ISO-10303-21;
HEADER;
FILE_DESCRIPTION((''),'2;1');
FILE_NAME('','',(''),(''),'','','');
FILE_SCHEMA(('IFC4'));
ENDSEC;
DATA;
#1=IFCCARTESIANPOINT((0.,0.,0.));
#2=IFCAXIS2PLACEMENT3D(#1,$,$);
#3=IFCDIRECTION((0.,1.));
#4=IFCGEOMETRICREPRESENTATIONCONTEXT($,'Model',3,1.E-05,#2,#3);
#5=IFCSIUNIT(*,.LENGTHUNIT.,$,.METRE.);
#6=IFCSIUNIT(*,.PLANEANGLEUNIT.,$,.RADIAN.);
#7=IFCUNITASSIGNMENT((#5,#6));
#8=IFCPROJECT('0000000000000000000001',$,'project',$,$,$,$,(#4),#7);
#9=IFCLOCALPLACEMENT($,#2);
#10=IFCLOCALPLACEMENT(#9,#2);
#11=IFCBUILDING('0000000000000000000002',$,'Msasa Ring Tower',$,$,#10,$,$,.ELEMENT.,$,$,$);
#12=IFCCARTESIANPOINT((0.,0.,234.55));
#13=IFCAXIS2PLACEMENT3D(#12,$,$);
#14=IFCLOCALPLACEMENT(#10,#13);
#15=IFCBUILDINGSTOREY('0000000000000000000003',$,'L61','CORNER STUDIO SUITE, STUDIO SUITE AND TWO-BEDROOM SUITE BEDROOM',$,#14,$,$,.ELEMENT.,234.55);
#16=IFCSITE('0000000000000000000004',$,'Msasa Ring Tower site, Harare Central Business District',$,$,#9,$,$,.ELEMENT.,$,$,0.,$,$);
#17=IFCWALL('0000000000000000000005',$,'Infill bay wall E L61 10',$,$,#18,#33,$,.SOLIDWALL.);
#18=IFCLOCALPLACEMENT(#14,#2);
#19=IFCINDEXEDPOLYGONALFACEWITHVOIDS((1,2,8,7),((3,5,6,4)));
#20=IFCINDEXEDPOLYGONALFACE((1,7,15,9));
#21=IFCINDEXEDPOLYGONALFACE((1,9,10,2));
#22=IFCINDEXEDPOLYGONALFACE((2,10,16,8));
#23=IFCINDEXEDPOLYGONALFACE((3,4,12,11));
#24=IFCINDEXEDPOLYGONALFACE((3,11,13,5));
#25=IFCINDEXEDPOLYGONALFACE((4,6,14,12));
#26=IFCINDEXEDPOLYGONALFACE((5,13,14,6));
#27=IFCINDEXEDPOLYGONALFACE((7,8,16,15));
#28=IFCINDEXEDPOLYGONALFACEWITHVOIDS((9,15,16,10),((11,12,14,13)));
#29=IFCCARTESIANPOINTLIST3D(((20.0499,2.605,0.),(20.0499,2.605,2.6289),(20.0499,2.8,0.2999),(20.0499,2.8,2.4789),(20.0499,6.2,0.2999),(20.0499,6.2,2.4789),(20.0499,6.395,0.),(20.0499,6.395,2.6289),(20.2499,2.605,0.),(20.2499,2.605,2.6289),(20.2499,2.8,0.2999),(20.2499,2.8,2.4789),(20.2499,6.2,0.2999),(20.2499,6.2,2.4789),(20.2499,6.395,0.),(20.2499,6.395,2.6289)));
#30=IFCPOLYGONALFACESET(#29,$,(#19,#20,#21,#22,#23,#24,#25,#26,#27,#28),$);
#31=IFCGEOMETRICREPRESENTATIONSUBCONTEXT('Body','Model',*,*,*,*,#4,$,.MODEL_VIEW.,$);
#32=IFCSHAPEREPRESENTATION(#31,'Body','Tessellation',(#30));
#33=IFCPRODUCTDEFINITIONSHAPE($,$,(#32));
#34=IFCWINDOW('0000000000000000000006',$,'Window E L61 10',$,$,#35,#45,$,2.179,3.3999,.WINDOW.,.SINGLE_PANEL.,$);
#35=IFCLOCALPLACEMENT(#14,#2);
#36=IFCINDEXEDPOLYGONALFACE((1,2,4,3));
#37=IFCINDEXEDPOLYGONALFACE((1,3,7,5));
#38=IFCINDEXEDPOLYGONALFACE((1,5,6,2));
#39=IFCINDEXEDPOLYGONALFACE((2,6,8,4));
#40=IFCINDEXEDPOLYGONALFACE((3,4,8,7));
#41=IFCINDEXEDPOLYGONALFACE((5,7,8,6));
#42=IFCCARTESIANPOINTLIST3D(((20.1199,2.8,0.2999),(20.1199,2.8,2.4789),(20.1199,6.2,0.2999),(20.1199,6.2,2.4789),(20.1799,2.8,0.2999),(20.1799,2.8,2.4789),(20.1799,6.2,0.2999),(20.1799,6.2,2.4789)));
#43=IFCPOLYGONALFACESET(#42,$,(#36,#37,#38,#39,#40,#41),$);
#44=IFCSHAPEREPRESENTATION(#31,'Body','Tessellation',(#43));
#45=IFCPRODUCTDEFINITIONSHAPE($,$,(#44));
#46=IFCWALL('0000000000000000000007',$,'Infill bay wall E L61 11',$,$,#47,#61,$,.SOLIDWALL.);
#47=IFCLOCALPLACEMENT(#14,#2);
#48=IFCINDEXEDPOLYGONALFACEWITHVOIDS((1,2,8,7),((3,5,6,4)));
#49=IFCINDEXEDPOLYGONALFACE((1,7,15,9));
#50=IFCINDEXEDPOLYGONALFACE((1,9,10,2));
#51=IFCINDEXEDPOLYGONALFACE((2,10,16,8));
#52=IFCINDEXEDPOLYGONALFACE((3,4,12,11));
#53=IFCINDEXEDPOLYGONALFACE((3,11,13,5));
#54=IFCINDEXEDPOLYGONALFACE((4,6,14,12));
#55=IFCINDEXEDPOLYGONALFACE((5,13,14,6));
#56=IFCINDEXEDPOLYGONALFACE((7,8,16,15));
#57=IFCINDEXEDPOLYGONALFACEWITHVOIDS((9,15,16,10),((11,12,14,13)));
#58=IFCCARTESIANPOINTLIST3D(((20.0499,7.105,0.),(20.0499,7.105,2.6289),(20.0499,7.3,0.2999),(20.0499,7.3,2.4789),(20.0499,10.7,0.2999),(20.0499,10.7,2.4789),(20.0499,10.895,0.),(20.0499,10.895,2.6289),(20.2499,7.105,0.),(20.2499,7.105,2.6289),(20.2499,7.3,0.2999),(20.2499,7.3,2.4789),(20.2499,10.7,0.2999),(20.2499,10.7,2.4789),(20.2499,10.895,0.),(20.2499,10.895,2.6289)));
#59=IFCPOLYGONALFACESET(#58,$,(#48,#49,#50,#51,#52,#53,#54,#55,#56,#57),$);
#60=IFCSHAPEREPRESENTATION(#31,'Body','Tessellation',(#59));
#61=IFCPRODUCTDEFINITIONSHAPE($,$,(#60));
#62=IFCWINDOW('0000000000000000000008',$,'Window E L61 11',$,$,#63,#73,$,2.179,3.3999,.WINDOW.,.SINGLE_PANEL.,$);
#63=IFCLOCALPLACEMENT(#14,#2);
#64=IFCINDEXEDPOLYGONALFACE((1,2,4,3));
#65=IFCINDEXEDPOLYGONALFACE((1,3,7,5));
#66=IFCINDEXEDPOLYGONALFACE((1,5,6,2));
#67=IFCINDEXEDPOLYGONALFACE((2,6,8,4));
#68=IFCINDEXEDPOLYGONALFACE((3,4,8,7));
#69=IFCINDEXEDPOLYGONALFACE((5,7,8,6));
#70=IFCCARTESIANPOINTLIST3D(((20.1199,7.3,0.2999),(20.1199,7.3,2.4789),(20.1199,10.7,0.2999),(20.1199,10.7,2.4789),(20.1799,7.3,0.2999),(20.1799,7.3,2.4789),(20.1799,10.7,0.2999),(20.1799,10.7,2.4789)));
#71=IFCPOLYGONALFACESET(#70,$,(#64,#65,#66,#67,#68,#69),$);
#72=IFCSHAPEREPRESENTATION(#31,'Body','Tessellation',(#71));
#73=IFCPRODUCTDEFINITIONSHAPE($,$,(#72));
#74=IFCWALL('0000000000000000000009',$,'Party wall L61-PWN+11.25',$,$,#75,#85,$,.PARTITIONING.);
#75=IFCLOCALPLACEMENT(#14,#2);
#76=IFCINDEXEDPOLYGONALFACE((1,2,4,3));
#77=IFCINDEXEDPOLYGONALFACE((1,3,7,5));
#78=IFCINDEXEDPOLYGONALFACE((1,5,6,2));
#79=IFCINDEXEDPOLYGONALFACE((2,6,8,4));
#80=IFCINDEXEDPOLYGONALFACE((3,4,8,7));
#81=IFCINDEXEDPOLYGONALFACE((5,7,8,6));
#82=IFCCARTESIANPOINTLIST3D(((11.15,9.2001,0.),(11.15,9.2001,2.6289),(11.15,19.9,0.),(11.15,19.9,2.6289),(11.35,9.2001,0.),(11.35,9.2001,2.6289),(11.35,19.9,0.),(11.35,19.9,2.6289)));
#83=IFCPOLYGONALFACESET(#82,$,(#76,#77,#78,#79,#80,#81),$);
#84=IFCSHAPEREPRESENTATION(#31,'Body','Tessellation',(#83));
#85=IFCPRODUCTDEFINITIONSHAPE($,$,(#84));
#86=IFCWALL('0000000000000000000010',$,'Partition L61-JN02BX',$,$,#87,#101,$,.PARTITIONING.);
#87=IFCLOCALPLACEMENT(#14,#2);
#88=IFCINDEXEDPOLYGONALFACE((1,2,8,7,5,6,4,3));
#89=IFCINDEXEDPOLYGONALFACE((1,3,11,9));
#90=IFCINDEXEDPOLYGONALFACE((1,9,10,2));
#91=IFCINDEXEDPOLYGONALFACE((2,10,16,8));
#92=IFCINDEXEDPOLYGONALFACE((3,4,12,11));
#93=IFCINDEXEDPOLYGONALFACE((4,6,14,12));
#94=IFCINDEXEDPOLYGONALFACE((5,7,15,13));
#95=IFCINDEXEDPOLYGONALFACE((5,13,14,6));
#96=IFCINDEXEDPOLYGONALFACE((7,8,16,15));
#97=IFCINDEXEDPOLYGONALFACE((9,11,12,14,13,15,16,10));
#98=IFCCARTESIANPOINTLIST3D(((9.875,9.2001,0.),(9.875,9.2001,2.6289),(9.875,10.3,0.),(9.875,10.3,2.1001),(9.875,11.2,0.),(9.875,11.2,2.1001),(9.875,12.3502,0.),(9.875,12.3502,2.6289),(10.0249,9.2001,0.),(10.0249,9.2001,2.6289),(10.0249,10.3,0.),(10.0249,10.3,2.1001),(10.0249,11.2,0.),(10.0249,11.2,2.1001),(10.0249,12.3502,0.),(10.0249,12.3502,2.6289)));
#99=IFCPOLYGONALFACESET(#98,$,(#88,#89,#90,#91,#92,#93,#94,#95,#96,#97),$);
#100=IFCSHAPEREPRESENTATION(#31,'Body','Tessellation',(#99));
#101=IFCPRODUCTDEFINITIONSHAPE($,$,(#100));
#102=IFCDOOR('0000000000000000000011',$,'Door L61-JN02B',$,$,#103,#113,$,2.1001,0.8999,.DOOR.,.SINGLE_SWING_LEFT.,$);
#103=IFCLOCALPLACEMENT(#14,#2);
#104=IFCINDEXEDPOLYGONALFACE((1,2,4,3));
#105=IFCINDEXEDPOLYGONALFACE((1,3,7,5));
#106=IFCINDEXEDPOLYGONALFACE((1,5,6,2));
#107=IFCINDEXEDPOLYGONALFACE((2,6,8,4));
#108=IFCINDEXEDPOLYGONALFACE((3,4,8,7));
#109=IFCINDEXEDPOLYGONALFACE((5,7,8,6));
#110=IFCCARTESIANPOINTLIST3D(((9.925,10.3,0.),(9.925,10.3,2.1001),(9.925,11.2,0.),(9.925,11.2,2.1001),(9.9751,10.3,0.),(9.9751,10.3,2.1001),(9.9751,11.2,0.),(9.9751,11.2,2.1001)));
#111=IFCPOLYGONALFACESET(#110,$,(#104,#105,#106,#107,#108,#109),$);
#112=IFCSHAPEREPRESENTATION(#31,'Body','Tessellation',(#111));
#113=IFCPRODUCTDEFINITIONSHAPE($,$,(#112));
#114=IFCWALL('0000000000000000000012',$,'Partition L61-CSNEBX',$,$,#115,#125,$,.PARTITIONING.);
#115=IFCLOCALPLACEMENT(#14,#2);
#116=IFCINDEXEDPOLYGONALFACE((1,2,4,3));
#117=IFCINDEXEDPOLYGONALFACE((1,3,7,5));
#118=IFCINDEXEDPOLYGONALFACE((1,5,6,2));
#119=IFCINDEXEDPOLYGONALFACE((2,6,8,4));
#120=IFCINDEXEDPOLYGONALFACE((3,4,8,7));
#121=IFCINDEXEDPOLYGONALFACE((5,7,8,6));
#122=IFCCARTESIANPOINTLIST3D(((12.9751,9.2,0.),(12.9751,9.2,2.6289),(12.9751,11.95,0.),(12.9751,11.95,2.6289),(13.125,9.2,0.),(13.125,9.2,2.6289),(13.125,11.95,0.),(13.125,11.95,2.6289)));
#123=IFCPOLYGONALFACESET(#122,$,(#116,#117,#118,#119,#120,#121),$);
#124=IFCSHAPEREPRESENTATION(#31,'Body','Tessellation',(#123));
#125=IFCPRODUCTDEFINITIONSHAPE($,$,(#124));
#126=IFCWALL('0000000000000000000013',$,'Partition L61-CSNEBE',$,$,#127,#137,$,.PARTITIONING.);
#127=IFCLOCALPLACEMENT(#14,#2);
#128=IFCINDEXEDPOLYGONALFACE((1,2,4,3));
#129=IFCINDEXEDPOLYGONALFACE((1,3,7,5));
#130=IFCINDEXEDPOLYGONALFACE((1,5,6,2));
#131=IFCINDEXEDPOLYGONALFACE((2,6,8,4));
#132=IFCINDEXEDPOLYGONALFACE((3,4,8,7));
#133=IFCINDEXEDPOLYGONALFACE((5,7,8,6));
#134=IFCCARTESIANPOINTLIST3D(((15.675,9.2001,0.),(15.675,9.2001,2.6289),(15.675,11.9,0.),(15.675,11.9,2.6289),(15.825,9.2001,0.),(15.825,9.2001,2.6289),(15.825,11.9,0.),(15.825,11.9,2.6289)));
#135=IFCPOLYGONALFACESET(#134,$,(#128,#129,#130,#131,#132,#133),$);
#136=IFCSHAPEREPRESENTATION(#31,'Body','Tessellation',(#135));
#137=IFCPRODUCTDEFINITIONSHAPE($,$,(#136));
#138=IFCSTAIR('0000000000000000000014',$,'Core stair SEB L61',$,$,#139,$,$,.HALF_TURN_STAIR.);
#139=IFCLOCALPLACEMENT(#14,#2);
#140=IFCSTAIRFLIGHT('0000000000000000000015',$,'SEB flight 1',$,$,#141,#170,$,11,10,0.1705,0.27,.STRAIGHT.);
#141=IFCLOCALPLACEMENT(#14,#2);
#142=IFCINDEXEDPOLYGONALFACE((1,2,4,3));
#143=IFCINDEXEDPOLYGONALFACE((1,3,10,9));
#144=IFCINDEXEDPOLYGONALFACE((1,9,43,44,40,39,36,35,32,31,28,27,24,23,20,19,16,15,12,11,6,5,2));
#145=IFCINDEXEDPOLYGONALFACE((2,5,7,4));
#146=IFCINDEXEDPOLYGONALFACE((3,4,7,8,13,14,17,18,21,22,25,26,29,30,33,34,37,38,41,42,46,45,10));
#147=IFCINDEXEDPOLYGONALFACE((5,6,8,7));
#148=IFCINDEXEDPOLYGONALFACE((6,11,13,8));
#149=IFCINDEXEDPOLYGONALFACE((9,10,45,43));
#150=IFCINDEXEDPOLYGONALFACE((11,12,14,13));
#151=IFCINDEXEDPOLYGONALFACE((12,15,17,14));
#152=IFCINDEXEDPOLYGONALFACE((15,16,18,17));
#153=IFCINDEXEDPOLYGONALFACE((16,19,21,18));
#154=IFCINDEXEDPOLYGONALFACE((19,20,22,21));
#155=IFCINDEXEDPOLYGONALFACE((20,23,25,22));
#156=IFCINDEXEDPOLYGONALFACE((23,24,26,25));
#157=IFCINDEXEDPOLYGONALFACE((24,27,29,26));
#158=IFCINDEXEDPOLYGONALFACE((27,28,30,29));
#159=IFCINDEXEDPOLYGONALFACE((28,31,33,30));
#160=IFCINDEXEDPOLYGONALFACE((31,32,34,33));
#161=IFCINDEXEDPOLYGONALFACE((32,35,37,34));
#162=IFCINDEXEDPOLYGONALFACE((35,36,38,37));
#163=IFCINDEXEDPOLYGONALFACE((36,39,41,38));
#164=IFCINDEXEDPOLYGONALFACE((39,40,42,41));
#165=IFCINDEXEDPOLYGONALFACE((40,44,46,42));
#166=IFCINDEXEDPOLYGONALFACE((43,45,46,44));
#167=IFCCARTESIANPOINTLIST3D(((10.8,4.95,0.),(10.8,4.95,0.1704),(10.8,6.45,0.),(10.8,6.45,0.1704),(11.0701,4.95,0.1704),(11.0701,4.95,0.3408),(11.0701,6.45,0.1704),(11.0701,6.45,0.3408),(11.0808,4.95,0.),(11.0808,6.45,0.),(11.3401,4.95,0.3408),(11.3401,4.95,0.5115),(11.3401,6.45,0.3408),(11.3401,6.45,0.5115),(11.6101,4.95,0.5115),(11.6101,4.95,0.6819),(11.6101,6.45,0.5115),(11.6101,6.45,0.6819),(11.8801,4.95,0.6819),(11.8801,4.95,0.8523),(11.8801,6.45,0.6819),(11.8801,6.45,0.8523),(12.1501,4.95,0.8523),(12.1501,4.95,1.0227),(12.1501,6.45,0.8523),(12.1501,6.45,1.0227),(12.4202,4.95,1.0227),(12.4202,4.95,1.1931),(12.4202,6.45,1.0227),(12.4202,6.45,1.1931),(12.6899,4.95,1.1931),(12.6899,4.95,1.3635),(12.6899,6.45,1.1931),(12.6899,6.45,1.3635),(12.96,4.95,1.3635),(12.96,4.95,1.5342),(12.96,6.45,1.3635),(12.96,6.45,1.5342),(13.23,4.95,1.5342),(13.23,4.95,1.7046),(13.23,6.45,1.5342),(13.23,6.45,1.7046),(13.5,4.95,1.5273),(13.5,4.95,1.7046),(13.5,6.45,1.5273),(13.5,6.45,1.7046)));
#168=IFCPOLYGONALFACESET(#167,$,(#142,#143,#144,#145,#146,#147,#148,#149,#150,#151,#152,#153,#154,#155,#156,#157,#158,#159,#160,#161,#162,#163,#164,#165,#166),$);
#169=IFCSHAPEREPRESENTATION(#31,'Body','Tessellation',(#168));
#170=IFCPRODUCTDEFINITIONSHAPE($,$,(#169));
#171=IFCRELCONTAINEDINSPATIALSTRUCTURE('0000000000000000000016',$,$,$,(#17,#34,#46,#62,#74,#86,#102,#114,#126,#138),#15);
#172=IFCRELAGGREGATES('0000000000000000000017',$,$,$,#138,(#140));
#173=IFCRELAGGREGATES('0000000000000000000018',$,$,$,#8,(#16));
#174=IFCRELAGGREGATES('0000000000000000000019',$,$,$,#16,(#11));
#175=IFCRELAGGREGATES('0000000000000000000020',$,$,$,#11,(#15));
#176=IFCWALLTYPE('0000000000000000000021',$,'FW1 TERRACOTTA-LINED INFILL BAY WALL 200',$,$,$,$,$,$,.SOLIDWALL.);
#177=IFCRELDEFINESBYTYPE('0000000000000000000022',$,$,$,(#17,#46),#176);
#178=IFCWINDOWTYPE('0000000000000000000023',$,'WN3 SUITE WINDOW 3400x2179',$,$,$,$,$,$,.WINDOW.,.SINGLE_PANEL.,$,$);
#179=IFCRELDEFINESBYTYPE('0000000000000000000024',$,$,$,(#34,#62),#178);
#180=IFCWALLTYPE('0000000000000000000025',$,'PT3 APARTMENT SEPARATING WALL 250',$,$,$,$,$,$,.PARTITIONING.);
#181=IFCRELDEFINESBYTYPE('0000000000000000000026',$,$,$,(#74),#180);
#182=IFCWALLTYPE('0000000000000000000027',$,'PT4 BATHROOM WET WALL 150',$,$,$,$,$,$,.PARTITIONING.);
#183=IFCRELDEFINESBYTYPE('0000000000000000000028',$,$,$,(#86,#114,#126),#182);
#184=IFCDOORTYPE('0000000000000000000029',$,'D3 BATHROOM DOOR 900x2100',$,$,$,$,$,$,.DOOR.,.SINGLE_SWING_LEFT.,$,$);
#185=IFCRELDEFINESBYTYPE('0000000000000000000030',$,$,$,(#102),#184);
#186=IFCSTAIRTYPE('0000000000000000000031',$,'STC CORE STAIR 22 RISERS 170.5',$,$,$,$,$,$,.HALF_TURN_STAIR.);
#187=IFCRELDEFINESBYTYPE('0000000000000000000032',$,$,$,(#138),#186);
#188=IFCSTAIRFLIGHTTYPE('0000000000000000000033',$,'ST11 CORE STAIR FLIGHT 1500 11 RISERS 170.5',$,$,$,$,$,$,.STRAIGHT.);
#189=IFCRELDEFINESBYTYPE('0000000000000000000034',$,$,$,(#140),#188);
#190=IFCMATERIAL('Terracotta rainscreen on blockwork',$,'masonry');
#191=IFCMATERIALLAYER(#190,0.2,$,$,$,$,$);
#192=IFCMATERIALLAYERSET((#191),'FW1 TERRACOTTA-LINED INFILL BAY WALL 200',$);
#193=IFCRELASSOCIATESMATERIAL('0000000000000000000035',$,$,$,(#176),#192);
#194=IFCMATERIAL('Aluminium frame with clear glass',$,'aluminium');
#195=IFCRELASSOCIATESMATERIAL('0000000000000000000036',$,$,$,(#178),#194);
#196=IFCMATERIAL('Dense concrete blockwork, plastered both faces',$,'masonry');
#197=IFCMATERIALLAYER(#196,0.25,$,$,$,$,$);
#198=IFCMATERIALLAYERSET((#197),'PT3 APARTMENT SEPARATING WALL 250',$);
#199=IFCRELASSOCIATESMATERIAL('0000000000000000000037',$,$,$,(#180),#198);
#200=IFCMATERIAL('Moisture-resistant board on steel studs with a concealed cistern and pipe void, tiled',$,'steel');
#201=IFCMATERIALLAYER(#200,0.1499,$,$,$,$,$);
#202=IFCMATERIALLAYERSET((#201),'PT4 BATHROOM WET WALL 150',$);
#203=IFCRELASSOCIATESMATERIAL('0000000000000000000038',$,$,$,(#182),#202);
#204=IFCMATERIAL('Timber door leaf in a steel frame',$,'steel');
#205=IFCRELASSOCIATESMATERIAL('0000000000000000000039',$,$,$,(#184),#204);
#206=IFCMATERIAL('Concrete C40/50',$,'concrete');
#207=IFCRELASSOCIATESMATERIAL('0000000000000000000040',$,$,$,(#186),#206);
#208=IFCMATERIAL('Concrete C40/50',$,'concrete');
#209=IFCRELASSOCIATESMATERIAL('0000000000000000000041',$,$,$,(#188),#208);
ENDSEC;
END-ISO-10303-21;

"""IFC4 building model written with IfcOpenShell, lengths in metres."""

from ifc_helpers import new_model, si_unit, direction, frame, frame_2d, origin, place, context, subcontext, project, spatial, polyline, rectangle, outline, extrude, material, layer, layer_set, type_object, element, fill, aggregate, save


model = new_model("IFC4")

# Units and contexts
model_context = context("Model", 3, precision=1e-05, world=origin(), true_north=direction((0.0, 1.0)))
body_context = subcontext(model_context, "Body", "Model", "MODEL_VIEW")
ifc_project = project(units=[si_unit("LENGTHUNIT", "METRE"), si_unit("PLANEANGLEUNIT", "RADIAN")], contexts=[model_context])

# Site, building, storey
site_placement = place(None, origin())
site = spatial("IfcSite", under=ifc_project, at=site_placement, Name="Msasa Ring Tower site, Harare Central Business District", CompositionType="ELEMENT", RefElevation=0.0)
building_placement = place(site_placement, origin())
building = spatial("IfcBuilding", under=site, at=building_placement, Name="Msasa Ring Tower", CompositionType="ELEMENT")
storey_placement = place(building_placement, frame((0.0, 0.0, 234.55)))
storey = spatial("IfcBuildingStorey", under=building, at=storey_placement, Name="L61", Description="CORNER STUDIO SUITE, STUDIO SUITE AND TWO-BEDROOM SUITE BEDROOM", CompositionType="ELEMENT", Elevation=234.55)

# Walls, openings, windows
ifc_material_1 = material(Name="Terracotta rainscreen on blockwork", Category="masonry")
ifc_layer_1 = layer(ifc_material_1, 0.2)
ifc_layer_set_1 = layer_set([ifc_layer_1], Name="FW1 TERRACOTTA-LINED INFILL BAY WALL 200")
wall_type_1 = type_object("IfcWallType", Name="FW1 TERRACOTTA-LINED INFILL BAY WALL 200", PredefinedType="SOLIDWALL", material=ifc_layer_set_1)
wall_1_placement = place(storey_placement, frame((20.1499, 2.605, 0.0), z_axis=(0.0, 0.0, 1.0), x_axis=(0.0, 1.0, 0.0)))
wall_1 = element("IfcWall", 1, at=wall_1_placement, inside=storey, type_object=wall_type_1, Name="Infill bay wall E L61 10", PredefinedType="SOLIDWALL", context=body_context, shape_type="SweptSolid", body=[
    extrude(rectangle(XDim=3.79, YDim=0.2, at=frame_2d((1.895, 0.0))), origin(), (0.0, 0.0, 1.0), 2.6289),
])
opening_1_placement = place(wall_1_placement, frame((0.1951, 0.0, 0.3)))
opening_1 = element("IfcOpeningElement", 2, at=opening_1_placement, cuts=wall_1, PredefinedType="OPENING", context=body_context, shape_type="SweptSolid", body=[
    extrude(rectangle(XDim=3.3999, YDim=2.179, at=frame_2d((1.7, 1.0894))), frame((0.0, 0.1099, 0.0), z_axis=(0.0, -1.0, 0.0), x_axis=(1.0, 0.0, 0.0)), (0.0, 0.0, 1.0), 0.22),
])
ifc_material_2 = material(Name="Aluminium frame with clear glass", Category="aluminium")
window_type = type_object("IfcWindowType", Name="WN3 SUITE WINDOW 3400x2179", PartitioningType="SINGLE_PANEL", PredefinedType="WINDOW", material=ifc_material_2)
window_1_placement = place(opening_1_placement, origin())
window_1 = element("IfcWindow", 3, at=window_1_placement, inside=storey, type_object=window_type, Name="Window E L61 10", OverallHeight=2.179, OverallWidth=3.3999, PartitioningType="SINGLE_PANEL", PredefinedType="WINDOW", context=body_context, shape_type="SweptSolid", body=[
    extrude(rectangle(XDim=3.3999, YDim=2.179, at=frame_2d((1.7, 1.0894))), frame((0.0, 0.03, 0.0), z_axis=(0.0, -1.0, 0.0), x_axis=(1.0, 0.0, 0.0)), (0.0, 0.0, 1.0), 0.0601),
])
fill(opening_1, window_1)
wall_2_placement = place(storey_placement, frame((20.1499, 7.105, 0.0), z_axis=(0.0, 0.0, 1.0), x_axis=(0.0, 1.0, 0.0)))
wall_2 = element("IfcWall", 4, at=wall_2_placement, inside=storey, type_object=wall_type_1, Name="Infill bay wall E L61 11", PredefinedType="SOLIDWALL", context=body_context, shape_type="SweptSolid", body=[
    extrude(rectangle(XDim=3.79, YDim=0.2, at=frame_2d((1.895, 0.0))), origin(), (0.0, 0.0, 1.0), 2.6289),
])
opening_2_placement = place(wall_2_placement, frame((0.1951, 0.0, 0.3)))
opening_2 = element("IfcOpeningElement", 5, at=opening_2_placement, cuts=wall_2, PredefinedType="OPENING", context=body_context, shape_type="SweptSolid", body=[
    extrude(rectangle(XDim=3.3999, YDim=2.179, at=frame_2d((1.7, 1.0894))), frame((0.0, 0.1099, 0.0), z_axis=(0.0, -1.0, 0.0), x_axis=(1.0, 0.0, 0.0)), (0.0, 0.0, 1.0), 0.22),
])
window_2_placement = place(opening_2_placement, origin())
window_2 = element("IfcWindow", 6, at=window_2_placement, inside=storey, type_object=window_type, Name="Window E L61 11", OverallHeight=2.179, OverallWidth=3.3999, PartitioningType="SINGLE_PANEL", PredefinedType="WINDOW", context=body_context, shape_type="SweptSolid", body=[
    extrude(rectangle(XDim=3.3999, YDim=2.179, at=frame_2d((1.7, 1.0894))), frame((0.0, 0.03, 0.0), z_axis=(0.0, -1.0, 0.0), x_axis=(1.0, 0.0, 0.0)), (0.0, 0.0, 1.0), 0.0601),
])
fill(opening_2, window_2)

# Wall
ifc_material_3 = material(Name="Dense concrete blockwork, plastered both faces", Category="masonry")
ifc_layer_2 = layer(ifc_material_3, 0.25)
ifc_layer_set_2 = layer_set([ifc_layer_2], Name="PT3 APARTMENT SEPARATING WALL 250")
wall_type_2 = type_object("IfcWallType", Name="PT3 APARTMENT SEPARATING WALL 250", PredefinedType="PARTITIONING", material=ifc_layer_set_2)
wall_3_placement = place(storey_placement, frame((11.25, 9.2, 0.0), z_axis=(0.0, 0.0, 1.0), x_axis=(0.0, 1.0, 0.0)))
element("IfcWall", 7, at=wall_3_placement, inside=storey, type_object=wall_type_2, Name="Party wall L61-PWN+11.25", PredefinedType="PARTITIONING", context=body_context, shape_type="SweptSolid", body=[
    extrude(rectangle(XDim=10.7, YDim=0.2, at=frame_2d((5.3501, 0.0))), origin(), (0.0, 0.0, 1.0), 2.6289),
])

# Wall, opening, door
ifc_material_4 = material(Name="Moisture-resistant board on steel studs with a concealed cistern and pipe void, tiled", Category="steel")
ifc_layer_3 = layer(ifc_material_4, 0.1499)
ifc_layer_set_3 = layer_set([ifc_layer_3], Name="PT4 BATHROOM WET WALL 150")
wall_type_3 = type_object("IfcWallType", Name="PT4 BATHROOM WET WALL 150", PredefinedType="PARTITIONING", material=ifc_layer_set_3)
wall_4_placement = place(storey_placement, frame((9.95, 9.2, 0.0), z_axis=(0.0, 0.0, 1.0), x_axis=(0.0, 1.0, 0.0)))
wall_4 = element("IfcWall", 8, at=wall_4_placement, inside=storey, type_object=wall_type_3, Name="Partition L61-JN02BX", PredefinedType="PARTITIONING", context=body_context, shape_type="SweptSolid", body=[
    extrude(rectangle(XDim=3.1501, YDim=0.1499, at=frame_2d((1.5752, 0.0))), origin(), (0.0, 0.0, 1.0), 2.6289),
])
opening_3_placement = place(wall_4_placement, frame((1.1001, 0.0, 0.0)))
opening_3 = element("IfcOpeningElement", 9, at=opening_3_placement, cuts=wall_4, PredefinedType="OPENING", context=body_context, shape_type="SweptSolid", body=[
    extrude(rectangle(XDim=0.8999, YDim=2.1001, at=frame_2d((0.45, 1.05))), frame((0.0, 0.085, 0.0), z_axis=(0.0, -1.0, 0.0), x_axis=(1.0, 0.0, 0.0)), (0.0, 0.0, 1.0), 0.1699),
])
ifc_material_5 = material(Name="Timber door leaf in a steel frame", Category="steel")
door_type = type_object("IfcDoorType", Name="D3 BATHROOM DOOR 900x2100", OperationType="SINGLE_SWING_LEFT", PredefinedType="DOOR", material=ifc_material_5)
door_placement = place(opening_3_placement, origin())
door = element("IfcDoor", 10, at=door_placement, inside=storey, type_object=door_type, Name="Door L61-JN02B", OperationType="SINGLE_SWING_LEFT", OverallHeight=2.1001, OverallWidth=0.8999, PredefinedType="DOOR", context=body_context, shape_type="SweptSolid", body=[
    extrude(rectangle(XDim=0.8999, YDim=2.1001, at=frame_2d((0.45, 1.05))), frame((0.0, 0.0249, 0.0), z_axis=(0.0, -1.0, 0.0), x_axis=(1.0, 0.0, 0.0)), (0.0, 0.0, 1.0), 0.05),
])
fill(opening_3, door)

# Walls
wall_5_placement = place(storey_placement, frame((13.05, 9.2, 0.0), z_axis=(0.0, 0.0, 1.0), x_axis=(0.0, 1.0, 0.0)))
element("IfcWall", 11, at=wall_5_placement, inside=storey, type_object=wall_type_3, Name="Partition L61-CSNEBX", PredefinedType="PARTITIONING", context=body_context, shape_type="SweptSolid", body=[
    extrude(rectangle(XDim=2.75, YDim=0.1499, at=frame_2d((1.375, 0.0))), origin(), (0.0, 0.0, 1.0), 2.6289),
])
wall_6_placement = place(storey_placement, frame((15.75, 9.2, 0.0), z_axis=(0.0, 0.0, 1.0), x_axis=(0.0, 1.0, 0.0)))
element("IfcWall", 12, at=wall_6_placement, inside=storey, type_object=wall_type_3, Name="Partition L61-CSNEBE", PredefinedType="PARTITIONING", context=body_context, shape_type="SweptSolid", body=[
    extrude(rectangle(XDim=2.7, YDim=0.1499, at=frame_2d((1.3501, 0.0))), origin(), (0.0, 0.0, 1.0), 2.6289),
])

# Stair, stair flight
ifc_material_6 = material(Name="Concrete C40/50", Category="concrete")
stair_type = type_object("IfcStairType", Name="STC CORE STAIR 22 RISERS 170.5", PredefinedType="HALF_TURN_STAIR", material=ifc_material_6)
stair_placement = place(storey_placement, origin())
stair = element("IfcStair", 13, at=stair_placement, inside=storey, type_object=stair_type, Name="Core stair SEB L61", PredefinedType="HALF_TURN_STAIR")
ifc_material_7 = material(Name="Concrete C40/50", Category="concrete")
stair_flight_type = type_object("IfcStairFlightType", Name="ST11 CORE STAIR FLIGHT 1500 11 RISERS 170.5", PredefinedType="STRAIGHT", material=ifc_material_7)
stair_flight_1_placement = place(storey_placement, frame((10.8, 5.7, 0.0), z_axis=(0.0, 0.0, 1.0), x_axis=(1.0, 0.0, 0.0)))
stair_flight_1 = element("IfcStairFlight", 14, at=stair_flight_1_placement, type_object=stair_flight_type, Name="SEB flight 1", NumberOfRisers=11, NumberOfTreads=10, PredefinedType="STRAIGHT", RiserHeight=0.1705, TreadLength=0.27, context=body_context, shape_type="SweptSolid", body=[
    extrude(outline(polyline([(0.0, 0.0), (0.0, 0.1704), (0.27, 0.1704), (0.27, 0.3408), (0.54, 0.3408), (0.54, 0.5115), (0.8101, 0.5115), (0.8101, 0.6819), (1.0801, 0.6819), (1.0801, 0.8523), (1.3501, 0.8523), (1.3501, 1.0227), (1.6201, 1.0227), (1.6201, 1.1931), (1.8899, 1.1931), (1.8899, 1.3635), (2.1599, 1.3635), (2.1599, 1.5342), (2.4299, 1.5342), (2.4299, 1.7046), (2.7, 1.7046), (2.7, 1.875), (2.7, 1.5273), (0.2808, 0.0), (0.0, 0.0)])), frame((0.0, 0.75, 0.0), z_axis=(0.0, -1.0, 0.0), x_axis=(1.0, 0.0, 0.0)), (0.0, 0.0, 1.0), 1.5),
])
aggregate(stair, [stair_flight_1])

save(model, "model.ifc")
